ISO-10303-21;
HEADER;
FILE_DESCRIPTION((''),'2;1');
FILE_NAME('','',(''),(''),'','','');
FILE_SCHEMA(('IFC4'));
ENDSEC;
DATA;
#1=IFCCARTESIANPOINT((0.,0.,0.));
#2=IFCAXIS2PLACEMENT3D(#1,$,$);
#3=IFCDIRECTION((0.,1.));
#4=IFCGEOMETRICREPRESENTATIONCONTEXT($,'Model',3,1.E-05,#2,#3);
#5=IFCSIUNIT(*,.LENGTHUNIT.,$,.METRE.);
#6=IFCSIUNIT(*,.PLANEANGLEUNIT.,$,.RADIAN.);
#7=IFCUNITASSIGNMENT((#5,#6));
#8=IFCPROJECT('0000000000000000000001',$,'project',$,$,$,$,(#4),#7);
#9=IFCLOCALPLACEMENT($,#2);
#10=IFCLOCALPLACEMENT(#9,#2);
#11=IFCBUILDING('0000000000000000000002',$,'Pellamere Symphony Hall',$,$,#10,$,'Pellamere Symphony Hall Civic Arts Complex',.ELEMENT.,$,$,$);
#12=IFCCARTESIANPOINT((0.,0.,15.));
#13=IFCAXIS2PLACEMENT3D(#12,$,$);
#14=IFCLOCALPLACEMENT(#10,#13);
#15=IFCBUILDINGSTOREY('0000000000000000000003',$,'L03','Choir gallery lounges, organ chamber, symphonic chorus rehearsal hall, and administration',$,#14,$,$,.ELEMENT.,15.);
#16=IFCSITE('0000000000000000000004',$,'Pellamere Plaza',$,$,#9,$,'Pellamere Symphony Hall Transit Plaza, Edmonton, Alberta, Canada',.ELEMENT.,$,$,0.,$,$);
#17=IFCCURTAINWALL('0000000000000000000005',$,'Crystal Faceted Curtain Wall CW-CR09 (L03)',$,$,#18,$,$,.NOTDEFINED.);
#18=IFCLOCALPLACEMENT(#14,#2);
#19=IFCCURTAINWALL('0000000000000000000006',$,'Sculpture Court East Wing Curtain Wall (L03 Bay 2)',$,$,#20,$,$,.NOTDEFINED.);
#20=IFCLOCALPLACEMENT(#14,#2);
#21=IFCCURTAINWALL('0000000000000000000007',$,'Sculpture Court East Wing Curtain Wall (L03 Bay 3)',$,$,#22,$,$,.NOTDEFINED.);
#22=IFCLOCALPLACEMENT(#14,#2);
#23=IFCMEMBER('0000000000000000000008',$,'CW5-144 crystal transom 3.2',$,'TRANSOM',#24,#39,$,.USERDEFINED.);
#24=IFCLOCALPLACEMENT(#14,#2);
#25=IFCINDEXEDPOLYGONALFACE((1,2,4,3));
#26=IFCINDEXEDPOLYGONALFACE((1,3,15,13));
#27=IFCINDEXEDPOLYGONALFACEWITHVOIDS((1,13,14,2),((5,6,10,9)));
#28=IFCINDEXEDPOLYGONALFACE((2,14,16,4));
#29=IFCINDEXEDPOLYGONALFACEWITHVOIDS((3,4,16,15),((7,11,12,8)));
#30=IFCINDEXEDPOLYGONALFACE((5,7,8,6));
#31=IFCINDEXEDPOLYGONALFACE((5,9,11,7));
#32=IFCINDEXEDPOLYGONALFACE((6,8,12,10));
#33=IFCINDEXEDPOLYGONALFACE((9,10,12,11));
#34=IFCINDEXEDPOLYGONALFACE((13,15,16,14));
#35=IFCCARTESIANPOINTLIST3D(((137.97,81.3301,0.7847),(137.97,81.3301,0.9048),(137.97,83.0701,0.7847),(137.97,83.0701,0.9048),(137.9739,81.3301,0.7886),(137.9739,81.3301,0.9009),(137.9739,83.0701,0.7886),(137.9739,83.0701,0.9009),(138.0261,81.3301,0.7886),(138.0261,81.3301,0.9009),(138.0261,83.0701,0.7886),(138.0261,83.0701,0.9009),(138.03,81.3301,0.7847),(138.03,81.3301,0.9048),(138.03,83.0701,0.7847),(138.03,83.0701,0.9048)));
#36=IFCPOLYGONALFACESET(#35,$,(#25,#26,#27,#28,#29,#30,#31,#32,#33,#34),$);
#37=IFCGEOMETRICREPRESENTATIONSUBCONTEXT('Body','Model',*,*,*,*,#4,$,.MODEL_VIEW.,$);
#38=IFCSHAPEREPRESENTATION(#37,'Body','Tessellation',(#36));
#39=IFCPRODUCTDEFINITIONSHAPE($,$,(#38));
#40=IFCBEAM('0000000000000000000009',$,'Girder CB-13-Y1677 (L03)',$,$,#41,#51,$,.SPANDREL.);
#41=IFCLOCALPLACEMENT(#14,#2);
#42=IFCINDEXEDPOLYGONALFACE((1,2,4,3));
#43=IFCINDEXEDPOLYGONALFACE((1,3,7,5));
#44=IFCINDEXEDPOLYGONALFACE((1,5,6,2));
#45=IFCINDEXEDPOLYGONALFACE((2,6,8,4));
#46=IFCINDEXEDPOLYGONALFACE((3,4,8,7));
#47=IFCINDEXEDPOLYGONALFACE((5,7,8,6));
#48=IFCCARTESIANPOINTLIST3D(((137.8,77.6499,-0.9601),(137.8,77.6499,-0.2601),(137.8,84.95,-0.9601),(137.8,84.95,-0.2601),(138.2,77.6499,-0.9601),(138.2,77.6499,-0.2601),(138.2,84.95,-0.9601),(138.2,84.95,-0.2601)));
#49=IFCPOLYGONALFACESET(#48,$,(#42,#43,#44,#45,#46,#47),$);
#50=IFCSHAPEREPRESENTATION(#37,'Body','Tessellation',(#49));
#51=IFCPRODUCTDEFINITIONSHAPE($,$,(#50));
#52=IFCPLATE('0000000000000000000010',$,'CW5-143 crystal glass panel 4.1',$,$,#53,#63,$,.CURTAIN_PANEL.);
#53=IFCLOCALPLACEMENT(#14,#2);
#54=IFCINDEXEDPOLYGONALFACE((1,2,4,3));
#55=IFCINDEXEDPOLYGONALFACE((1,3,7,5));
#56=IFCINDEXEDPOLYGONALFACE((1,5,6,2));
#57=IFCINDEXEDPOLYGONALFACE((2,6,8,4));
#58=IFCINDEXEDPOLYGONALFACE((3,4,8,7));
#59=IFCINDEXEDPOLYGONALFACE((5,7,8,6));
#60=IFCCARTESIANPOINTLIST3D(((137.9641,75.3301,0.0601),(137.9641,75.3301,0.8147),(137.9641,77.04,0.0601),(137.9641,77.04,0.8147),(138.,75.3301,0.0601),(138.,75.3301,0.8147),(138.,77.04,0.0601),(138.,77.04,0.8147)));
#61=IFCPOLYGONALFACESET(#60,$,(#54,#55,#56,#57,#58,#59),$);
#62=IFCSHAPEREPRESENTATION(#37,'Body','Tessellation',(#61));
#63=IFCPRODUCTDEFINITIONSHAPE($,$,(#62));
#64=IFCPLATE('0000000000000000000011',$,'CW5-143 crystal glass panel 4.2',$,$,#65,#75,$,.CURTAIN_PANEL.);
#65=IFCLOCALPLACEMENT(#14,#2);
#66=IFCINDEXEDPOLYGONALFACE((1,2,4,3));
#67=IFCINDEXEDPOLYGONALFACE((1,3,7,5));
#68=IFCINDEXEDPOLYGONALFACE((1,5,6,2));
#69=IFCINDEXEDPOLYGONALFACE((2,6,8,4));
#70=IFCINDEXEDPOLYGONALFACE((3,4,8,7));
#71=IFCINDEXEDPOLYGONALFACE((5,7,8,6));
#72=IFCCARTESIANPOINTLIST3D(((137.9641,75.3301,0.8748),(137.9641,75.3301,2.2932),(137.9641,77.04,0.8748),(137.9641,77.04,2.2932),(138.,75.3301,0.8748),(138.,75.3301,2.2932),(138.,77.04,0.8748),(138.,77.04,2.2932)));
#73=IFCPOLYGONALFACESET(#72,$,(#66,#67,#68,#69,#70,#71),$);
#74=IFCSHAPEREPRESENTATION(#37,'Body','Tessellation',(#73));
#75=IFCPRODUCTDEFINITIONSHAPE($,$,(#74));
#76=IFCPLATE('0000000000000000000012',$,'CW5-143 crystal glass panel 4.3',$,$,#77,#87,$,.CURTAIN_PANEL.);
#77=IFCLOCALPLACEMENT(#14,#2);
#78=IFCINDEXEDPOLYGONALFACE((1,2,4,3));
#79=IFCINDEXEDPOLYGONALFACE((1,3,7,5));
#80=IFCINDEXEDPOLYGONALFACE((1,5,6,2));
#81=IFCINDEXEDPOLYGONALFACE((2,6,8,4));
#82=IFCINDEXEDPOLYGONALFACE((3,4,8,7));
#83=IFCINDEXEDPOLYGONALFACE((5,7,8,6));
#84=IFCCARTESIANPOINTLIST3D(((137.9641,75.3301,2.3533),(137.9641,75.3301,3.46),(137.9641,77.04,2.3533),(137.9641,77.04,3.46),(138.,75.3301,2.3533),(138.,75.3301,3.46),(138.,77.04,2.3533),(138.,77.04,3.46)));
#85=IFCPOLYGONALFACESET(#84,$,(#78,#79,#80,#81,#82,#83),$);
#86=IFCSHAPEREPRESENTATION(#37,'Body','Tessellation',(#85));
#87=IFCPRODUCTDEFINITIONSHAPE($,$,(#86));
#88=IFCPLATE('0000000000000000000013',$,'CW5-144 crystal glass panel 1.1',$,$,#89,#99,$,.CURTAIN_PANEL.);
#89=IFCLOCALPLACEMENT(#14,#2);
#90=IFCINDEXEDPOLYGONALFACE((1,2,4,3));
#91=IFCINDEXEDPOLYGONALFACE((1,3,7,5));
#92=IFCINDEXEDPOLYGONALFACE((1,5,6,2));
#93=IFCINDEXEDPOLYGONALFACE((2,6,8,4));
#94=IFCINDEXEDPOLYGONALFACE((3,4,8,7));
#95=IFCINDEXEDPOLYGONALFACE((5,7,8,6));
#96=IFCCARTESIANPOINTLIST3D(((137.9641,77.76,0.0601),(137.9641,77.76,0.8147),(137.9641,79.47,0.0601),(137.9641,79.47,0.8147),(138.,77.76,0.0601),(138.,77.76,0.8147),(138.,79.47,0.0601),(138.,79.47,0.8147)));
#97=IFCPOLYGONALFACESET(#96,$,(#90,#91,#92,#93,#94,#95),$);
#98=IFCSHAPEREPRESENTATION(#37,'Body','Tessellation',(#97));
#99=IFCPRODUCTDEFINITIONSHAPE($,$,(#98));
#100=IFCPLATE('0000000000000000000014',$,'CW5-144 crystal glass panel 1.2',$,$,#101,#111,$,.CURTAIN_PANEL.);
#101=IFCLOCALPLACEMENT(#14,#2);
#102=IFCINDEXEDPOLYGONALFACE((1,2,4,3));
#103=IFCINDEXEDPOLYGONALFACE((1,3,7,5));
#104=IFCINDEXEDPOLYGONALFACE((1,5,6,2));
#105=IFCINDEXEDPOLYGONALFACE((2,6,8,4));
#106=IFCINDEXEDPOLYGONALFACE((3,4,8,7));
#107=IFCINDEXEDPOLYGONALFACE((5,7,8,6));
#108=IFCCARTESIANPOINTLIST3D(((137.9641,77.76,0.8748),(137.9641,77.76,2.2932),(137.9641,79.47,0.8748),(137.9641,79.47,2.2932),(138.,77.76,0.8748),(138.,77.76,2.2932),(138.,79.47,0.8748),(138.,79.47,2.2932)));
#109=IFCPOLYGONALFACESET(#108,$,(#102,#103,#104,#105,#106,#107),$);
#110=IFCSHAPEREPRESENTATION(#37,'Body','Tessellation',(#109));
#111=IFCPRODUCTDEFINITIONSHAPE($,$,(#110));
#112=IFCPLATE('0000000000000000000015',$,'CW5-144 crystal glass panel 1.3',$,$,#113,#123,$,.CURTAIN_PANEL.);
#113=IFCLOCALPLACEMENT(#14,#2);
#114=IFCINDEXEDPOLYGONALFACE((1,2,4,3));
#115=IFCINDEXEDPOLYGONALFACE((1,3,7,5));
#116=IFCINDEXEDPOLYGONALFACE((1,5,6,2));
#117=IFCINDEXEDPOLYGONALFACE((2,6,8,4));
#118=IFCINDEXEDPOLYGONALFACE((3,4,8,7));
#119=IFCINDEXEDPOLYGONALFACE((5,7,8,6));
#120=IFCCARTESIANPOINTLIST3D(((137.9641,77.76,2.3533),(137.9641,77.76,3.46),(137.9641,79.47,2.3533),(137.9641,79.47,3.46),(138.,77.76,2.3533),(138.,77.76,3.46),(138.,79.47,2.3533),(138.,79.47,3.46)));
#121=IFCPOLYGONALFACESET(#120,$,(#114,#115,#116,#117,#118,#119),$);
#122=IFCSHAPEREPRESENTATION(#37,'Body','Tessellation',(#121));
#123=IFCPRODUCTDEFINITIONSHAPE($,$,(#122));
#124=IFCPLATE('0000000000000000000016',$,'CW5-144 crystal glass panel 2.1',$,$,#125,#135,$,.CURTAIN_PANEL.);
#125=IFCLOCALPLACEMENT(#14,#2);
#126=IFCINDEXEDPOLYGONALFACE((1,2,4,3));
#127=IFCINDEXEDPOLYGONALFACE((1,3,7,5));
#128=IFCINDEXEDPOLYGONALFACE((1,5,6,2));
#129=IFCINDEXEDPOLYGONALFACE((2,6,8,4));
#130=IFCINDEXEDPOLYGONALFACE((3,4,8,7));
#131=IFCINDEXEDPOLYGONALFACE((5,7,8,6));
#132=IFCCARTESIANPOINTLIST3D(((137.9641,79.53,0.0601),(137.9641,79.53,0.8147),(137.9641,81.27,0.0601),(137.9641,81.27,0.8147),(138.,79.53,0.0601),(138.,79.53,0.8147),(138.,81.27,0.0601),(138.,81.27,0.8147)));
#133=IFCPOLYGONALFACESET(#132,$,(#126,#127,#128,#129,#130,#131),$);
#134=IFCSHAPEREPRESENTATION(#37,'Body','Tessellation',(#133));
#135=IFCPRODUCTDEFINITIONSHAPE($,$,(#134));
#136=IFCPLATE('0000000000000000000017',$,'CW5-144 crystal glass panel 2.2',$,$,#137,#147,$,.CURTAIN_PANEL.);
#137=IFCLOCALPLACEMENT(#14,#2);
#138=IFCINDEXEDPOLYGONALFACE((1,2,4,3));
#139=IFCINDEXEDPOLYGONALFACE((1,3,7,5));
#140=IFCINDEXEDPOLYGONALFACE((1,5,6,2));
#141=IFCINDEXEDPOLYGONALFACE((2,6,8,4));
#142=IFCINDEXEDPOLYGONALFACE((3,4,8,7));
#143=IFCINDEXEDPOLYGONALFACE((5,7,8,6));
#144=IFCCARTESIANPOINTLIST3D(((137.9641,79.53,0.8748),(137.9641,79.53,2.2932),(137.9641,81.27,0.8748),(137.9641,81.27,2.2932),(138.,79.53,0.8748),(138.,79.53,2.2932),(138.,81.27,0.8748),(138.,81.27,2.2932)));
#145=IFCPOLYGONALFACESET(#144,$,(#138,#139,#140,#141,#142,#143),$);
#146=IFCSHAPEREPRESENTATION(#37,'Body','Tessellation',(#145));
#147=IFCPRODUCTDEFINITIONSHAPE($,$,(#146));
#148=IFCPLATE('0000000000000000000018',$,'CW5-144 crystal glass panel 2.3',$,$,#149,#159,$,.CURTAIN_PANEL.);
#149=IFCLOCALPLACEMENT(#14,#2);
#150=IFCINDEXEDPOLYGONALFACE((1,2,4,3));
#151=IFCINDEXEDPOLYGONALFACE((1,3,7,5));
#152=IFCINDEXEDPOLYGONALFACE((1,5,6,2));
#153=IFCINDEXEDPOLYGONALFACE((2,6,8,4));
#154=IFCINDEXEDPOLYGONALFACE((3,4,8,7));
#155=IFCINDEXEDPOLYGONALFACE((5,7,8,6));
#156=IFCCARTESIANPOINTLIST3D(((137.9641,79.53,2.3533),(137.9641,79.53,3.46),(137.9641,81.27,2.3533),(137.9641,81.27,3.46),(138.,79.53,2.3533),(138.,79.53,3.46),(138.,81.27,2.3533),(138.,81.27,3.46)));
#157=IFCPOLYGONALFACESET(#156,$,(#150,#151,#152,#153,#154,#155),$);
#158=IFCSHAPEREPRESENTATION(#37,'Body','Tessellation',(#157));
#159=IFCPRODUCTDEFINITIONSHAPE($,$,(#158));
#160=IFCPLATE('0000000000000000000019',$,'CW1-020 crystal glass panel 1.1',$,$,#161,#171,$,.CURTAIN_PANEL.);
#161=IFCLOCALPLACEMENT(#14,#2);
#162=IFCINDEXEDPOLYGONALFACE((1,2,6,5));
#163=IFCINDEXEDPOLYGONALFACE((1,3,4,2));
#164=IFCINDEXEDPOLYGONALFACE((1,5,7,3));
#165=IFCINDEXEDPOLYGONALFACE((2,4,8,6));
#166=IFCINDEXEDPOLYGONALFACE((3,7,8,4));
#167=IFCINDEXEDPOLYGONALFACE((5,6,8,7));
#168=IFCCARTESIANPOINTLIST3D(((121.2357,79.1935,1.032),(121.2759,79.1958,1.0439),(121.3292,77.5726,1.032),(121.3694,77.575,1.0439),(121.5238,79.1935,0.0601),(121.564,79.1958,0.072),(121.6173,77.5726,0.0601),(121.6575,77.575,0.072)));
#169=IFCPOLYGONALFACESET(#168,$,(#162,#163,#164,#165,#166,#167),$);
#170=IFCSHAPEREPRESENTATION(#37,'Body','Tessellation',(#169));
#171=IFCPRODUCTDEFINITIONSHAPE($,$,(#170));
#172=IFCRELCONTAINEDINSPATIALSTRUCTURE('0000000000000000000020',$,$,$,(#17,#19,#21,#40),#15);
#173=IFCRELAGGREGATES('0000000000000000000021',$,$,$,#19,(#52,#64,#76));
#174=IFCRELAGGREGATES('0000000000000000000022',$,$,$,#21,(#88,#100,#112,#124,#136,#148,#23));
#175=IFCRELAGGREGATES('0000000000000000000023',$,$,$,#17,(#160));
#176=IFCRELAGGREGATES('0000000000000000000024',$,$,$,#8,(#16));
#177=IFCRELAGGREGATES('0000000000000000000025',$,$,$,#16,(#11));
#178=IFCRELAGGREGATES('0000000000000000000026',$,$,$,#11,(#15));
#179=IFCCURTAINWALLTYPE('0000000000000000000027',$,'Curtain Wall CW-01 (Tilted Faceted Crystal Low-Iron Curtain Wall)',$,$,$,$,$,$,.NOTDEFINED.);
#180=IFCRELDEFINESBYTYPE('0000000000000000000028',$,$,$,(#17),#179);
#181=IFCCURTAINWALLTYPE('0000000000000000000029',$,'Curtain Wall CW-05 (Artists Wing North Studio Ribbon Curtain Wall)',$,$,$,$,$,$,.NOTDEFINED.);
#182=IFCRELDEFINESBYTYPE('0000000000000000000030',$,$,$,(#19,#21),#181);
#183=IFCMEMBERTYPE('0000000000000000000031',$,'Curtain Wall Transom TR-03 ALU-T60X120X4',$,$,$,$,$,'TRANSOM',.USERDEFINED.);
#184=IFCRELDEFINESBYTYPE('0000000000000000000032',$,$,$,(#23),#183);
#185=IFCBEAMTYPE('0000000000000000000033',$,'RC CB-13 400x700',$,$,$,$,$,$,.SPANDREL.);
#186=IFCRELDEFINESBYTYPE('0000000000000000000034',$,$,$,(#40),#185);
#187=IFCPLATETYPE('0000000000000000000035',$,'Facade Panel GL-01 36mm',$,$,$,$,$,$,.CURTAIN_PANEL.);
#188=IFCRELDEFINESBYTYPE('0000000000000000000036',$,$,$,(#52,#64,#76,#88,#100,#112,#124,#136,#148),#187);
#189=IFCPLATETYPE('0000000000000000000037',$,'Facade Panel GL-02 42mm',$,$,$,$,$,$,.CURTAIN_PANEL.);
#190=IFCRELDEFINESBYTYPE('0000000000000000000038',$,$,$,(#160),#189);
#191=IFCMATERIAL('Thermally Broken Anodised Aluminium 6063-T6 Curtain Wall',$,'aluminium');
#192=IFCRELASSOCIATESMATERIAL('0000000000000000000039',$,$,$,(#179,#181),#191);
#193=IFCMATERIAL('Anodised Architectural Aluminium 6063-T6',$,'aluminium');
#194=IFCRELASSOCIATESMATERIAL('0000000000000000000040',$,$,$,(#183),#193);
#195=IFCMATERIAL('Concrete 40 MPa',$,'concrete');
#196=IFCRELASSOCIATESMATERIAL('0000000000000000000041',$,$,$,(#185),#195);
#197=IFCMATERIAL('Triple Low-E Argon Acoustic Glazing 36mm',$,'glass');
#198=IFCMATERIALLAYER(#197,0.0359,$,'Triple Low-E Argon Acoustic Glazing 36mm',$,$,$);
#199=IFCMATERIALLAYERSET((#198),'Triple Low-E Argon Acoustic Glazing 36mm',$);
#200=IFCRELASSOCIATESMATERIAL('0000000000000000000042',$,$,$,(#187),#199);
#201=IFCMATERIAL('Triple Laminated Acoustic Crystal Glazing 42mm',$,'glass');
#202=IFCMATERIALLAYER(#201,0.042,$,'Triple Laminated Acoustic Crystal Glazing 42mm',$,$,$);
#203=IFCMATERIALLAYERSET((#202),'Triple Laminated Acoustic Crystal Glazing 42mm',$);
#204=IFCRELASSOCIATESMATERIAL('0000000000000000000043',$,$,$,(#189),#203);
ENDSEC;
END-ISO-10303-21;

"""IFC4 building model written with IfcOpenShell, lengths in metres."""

from ifc_helpers import new_model, si_unit, direction, frame, origin, origin_2d, place, context, subcontext, project, spatial, polyline, rectangle, hollow_rectangle, outline, extrude, material, layer, layer_set, material_profile, profile_set, type_object, element, aggregate, save


model = new_model("IFC4")

# Units and contexts
model_context = context("Model", 3, precision=1e-05, world=origin(), true_north=direction((0.0, 1.0)))
body_context = subcontext(model_context, "Body", "Model", "MODEL_VIEW")
ifc_project = project(units=[si_unit("LENGTHUNIT", "METRE"), si_unit("PLANEANGLEUNIT", "RADIAN")], contexts=[model_context])

# Site, building, storey
site_placement = place(None, origin())
site = spatial("IfcSite", under=ifc_project, at=site_placement, Name="Pellamere Plaza", LongName="Pellamere Symphony Hall Transit Plaza, Edmonton, Alberta, Canada", CompositionType="ELEMENT", RefElevation=0.0)
building_placement = place(site_placement, origin())
building = spatial("IfcBuilding", under=site, at=building_placement, Name="Pellamere Symphony Hall", LongName="Pellamere Symphony Hall Civic Arts Complex", CompositionType="ELEMENT")
storey_placement = place(building_placement, frame((0.0, 0.0, 15.0)))
storey = spatial("IfcBuildingStorey", under=building, at=storey_placement, Name="L03", Description="Choir gallery lounges, organ chamber, symphonic chorus rehearsal hall, and administration", CompositionType="ELEMENT", Elevation=15.0)

# Shared definitions
ifc_material_1 = material(Name="Concrete 40 MPa", Category="concrete")

# Curtain wall
ifc_material_2 = material(Name="Thermally Broken Anodised Aluminium 6063-T6 Curtain Wall", Category="aluminium")
curtain_wall_type_1 = type_object("IfcCurtainWallType", Name="Curtain Wall CW-01 (Tilted Faceted Crystal Low-Iron Curtain Wall)", PredefinedType="NOTDEFINED", material=ifc_material_2)
curtain_wall_1_placement = place(storey_placement, origin())
curtain_wall_1 = element("IfcCurtainWall", 1, at=curtain_wall_1_placement, inside=storey, type_object=curtain_wall_type_1, Name="Crystal Faceted Curtain Wall CW-CR09 (L03)", PredefinedType="NOTDEFINED")
ifc_material_3 = material(Name="Anodised Architectural Aluminium 6063-T6", Category="aluminium")

# Curtain wall
curtain_wall_type_2 = type_object("IfcCurtainWallType", Name="Curtain Wall CW-05 (Artists Wing North Studio Ribbon Curtain Wall)", PredefinedType="NOTDEFINED", material=ifc_material_2)
curtain_wall_2_placement = place(storey_placement, origin())
curtain_wall_2 = element("IfcCurtainWall", 2, at=curtain_wall_2_placement, inside=storey, type_object=curtain_wall_type_2, Name="Sculpture Court East Wing Curtain Wall (L03 Bay 2)", PredefinedType="NOTDEFINED")

# Curtain wall
curtain_wall_3_placement = place(storey_placement, origin())
curtain_wall_3 = element("IfcCurtainWall", 3, at=curtain_wall_3_placement, inside=storey, type_object=curtain_wall_type_2, Name="Sculpture Court East Wing Curtain Wall (L03 Bay 3)", PredefinedType="NOTDEFINED")

# Member
ifc_material_profile_1 = material_profile(ifc_material_3, hollow_rectangle(XDim=0.0601, YDim=0.1201, WallThickness=0.0039, at=origin_2d()), Name="ALU-T60X120X4")
ifc_profile_set_1 = profile_set([ifc_material_profile_1], Name="Anodised Architectural Aluminium 6063-T6")
member_type_1 = type_object("IfcMemberType", Name="Curtain Wall Transom TR-03 ALU-T60X120X4", ElementType="TRANSOM", PredefinedType="USERDEFINED", material=ifc_profile_set_1)
member_1_placement = place(storey_placement, frame((138.0, 81.3301, 0.8447), z_axis=(0.0, 1.0, 0.0), x_axis=(-1.0, 0.0, 0.0)))
member_1 = element("IfcMember", 4, at=member_1_placement, type_object=member_type_1, Name="CW5-144 crystal transom 3.2", ObjectType="TRANSOM", PredefinedType="USERDEFINED", context=body_context, shape_type="SweptSolid", body=[
    extrude(hollow_rectangle(XDim=0.0601, YDim=0.1201, WallThickness=0.0039, at=origin_2d()), origin(), (0.0, 0.0, 1.0), 1.74),
])

# Beam
ifc_material_profile_2 = material_profile(ifc_material_1, rectangle(XDim=0.3999, YDim=0.7, at=origin_2d()), Name="RC 400x700")
ifc_profile_set_2 = profile_set([ifc_material_profile_2], Name="Concrete 40 MPa")
beam_type = type_object("IfcBeamType", Name="RC CB-13 400x700", PredefinedType="SPANDREL", material=ifc_profile_set_2)
beam_placement = place(storey_placement, frame((138.0, 77.6499, -0.6101), z_axis=(0.0, 1.0, 0.0), x_axis=(-1.0, 0.0, 0.0)))
element("IfcBeam", 5, at=beam_placement, inside=storey, type_object=beam_type, Name="Girder CB-13-Y1677 (L03)", PredefinedType="SPANDREL", context=body_context, shape_type="SweptSolid", body=[
    extrude(rectangle(XDim=0.3999, YDim=0.7, at=origin_2d()), origin(), (0.0, 0.0, 1.0), 7.3),
])

# Plates
ifc_material_4 = material(Name="Triple Low-E Argon Acoustic Glazing 36mm", Category="glass")
ifc_layer_1 = layer(ifc_material_4, 0.0359, Name="Triple Low-E Argon Acoustic Glazing 36mm")
ifc_layer_set_1 = layer_set([ifc_layer_1], Name="Triple Low-E Argon Acoustic Glazing 36mm")
plate_type_1 = type_object("IfcPlateType", Name="Facade Panel GL-01 36mm", PredefinedType="CURTAIN_PANEL", material=ifc_layer_set_1)
plate_1_placement = place(storey_placement, frame((138.0, 75.3301, 0.0601), z_axis=(1.0, 0.0, 0.0), x_axis=(0.0, 1.0, 0.0)))
plate_1 = element("IfcPlate", 6, at=plate_1_placement, type_object=plate_type_1, Name="CW5-143 crystal glass panel 4.1", PredefinedType="CURTAIN_PANEL", context=body_context, shape_type="SweptSolid", body=[
    extrude(outline(polyline([(0.0, 0.0), (1.71, 0.0), (1.71, 0.7546), (0.0, 0.7546), (0.0, 0.0)])), origin(), (0.0, 0.0, -1.0), 0.0359),
])
plate_2_placement = place(storey_placement, frame((138.0, 75.3301, 0.8748), z_axis=(1.0, 0.0, 0.0), x_axis=(0.0, 1.0, 0.0)))
plate_2 = element("IfcPlate", 7, at=plate_2_placement, type_object=plate_type_1, Name="CW5-143 crystal glass panel 4.2", PredefinedType="CURTAIN_PANEL", context=body_context, shape_type="SweptSolid", body=[
    extrude(outline(polyline([(0.0, 0.0), (1.71, 0.0), (1.71, 1.4185), (0.0, 1.4185), (0.0, 0.0)])), origin(), (0.0, 0.0, -1.0), 0.0359),
])
plate_3_placement = place(storey_placement, frame((138.0, 75.3301, 2.3533), z_axis=(1.0, 0.0, 0.0), x_axis=(0.0, 1.0, 0.0)))
plate_3 = element("IfcPlate", 8, at=plate_3_placement, type_object=plate_type_1, Name="CW5-143 crystal glass panel 4.3", PredefinedType="CURTAIN_PANEL", context=body_context, shape_type="SweptSolid", body=[
    extrude(outline(polyline([(0.0, 0.0), (1.71, 0.0), (1.71, 1.1067), (0.0, 1.1067), (0.0, 0.0)])), origin(), (0.0, 0.0, -1.0), 0.0359),
])
aggregate(curtain_wall_2, [plate_1, plate_2, plate_3])
plate_4_placement = place(storey_placement, frame((138.0, 77.76, 0.0601), z_axis=(1.0, 0.0, 0.0), x_axis=(0.0, 1.0, 0.0)))
plate_4 = element("IfcPlate", 9, at=plate_4_placement, type_object=plate_type_1, Name="CW5-144 crystal glass panel 1.1", PredefinedType="CURTAIN_PANEL", context=body_context, shape_type="SweptSolid", body=[
    extrude(outline(polyline([(0.0, 0.0), (1.71, 0.0), (1.71, 0.7546), (0.0, 0.7546), (0.0, 0.0)])), origin(), (0.0, 0.0, -1.0), 0.0359),
])
plate_5_placement = place(storey_placement, frame((138.0, 77.76, 0.8748), z_axis=(1.0, 0.0, 0.0), x_axis=(0.0, 1.0, 0.0)))
plate_5 = element("IfcPlate", 10, at=plate_5_placement, type_object=plate_type_1, Name="CW5-144 crystal glass panel 1.2", PredefinedType="CURTAIN_PANEL", context=body_context, shape_type="SweptSolid", body=[
    extrude(outline(polyline([(0.0, 0.0), (1.71, 0.0), (1.71, 1.4185), (0.0, 1.4185), (0.0, 0.0)])), origin(), (0.0, 0.0, -1.0), 0.0359),
])
plate_6_placement = place(storey_placement, frame((138.0, 77.76, 2.3533), z_axis=(1.0, 0.0, 0.0), x_axis=(0.0, 1.0, 0.0)))
plate_6 = element("IfcPlate", 11, at=plate_6_placement, type_object=plate_type_1, Name="CW5-144 crystal glass panel 1.3", PredefinedType="CURTAIN_PANEL", context=body_context, shape_type="SweptSolid", body=[
    extrude(outline(polyline([(0.0, 0.0), (1.71, 0.0), (1.71, 1.1067), (0.0, 1.1067), (0.0, 0.0)])), origin(), (0.0, 0.0, -1.0), 0.0359),
])
plate_7_placement = place(storey_placement, frame((138.0, 79.53, 0.0601), z_axis=(1.0, 0.0, 0.0), x_axis=(0.0, 1.0, 0.0)))
plate_7 = element("IfcPlate", 12, at=plate_7_placement, type_object=plate_type_1, Name="CW5-144 crystal glass panel 2.1", PredefinedType="CURTAIN_PANEL", context=body_context, shape_type="SweptSolid", body=[
    extrude(outline(polyline([(0.0, 0.0), (1.74, 0.0), (1.74, 0.7546), (0.0, 0.7546), (0.0, 0.0)])), origin(), (0.0, 0.0, -1.0), 0.0359),
])
plate_8_placement = place(storey_placement, frame((138.0, 79.53, 0.8748), z_axis=(1.0, 0.0, 0.0), x_axis=(0.0, 1.0, 0.0)))
plate_8 = element("IfcPlate", 13, at=plate_8_placement, type_object=plate_type_1, Name="CW5-144 crystal glass panel 2.2", PredefinedType="CURTAIN_PANEL", context=body_context, shape_type="SweptSolid", body=[
    extrude(outline(polyline([(0.0, 0.0), (1.74, 0.0), (1.74, 1.4185), (0.0, 1.4185), (0.0, 0.0)])), origin(), (0.0, 0.0, -1.0), 0.0359),
])
plate_9_placement = place(storey_placement, frame((138.0, 79.53, 2.3533), z_axis=(1.0, 0.0, 0.0), x_axis=(0.0, 1.0, 0.0)))
plate_9 = element("IfcPlate", 14, at=plate_9_placement, type_object=plate_type_1, Name="CW5-144 crystal glass panel 2.3", PredefinedType="CURTAIN_PANEL", context=body_context, shape_type="SweptSolid", body=[
    extrude(outline(polyline([(0.0, 0.0), (1.74, 0.0), (1.74, 1.1067), (0.0, 1.1067), (0.0, 0.0)])), origin(), (0.0, 0.0, -1.0), 0.0359),
])
aggregate(curtain_wall_3, [plate_4, plate_5, plate_6, plate_7, plate_8, plate_9, member_1])
ifc_material_5 = material(Name="Triple Laminated Acoustic Crystal Glazing 42mm", Category="glass")
ifc_layer_2 = layer(ifc_material_5, 0.042, Name="Triple Laminated Acoustic Crystal Glazing 42mm")
ifc_layer_set_2 = layer_set([ifc_layer_2], Name="Triple Laminated Acoustic Crystal Glazing 42mm")
plate_type_2 = type_object("IfcPlateType", Name="Facade Panel GL-02 42mm", PredefinedType="CURTAIN_PANEL", material=ifc_layer_set_2)
plate_10_placement = place(storey_placement, frame((121.6575, 77.575, 0.072), z_axis=(0.957306, 0.055226, 0.283753), x_axis=(-0.057594, 0.99834, 0.0)))
plate_10 = element("IfcPlate", 15, at=plate_10_placement, type_object=plate_type_2, Name="CW1-020 crystal glass panel 1.1", PredefinedType="CURTAIN_PANEL", context=body_context, shape_type="SweptSolid", body=[
    extrude(outline(polyline([(0.0, 0.0), (1.6235, 0.0), (1.6401, 1.0136), (0.0166, 1.0136), (0.0, 0.0)])), origin(), (0.0, 0.0, -1.0), 0.042),
])
aggregate(curtain_wall_1, [plate_10])

save(model, "model.ifc")
